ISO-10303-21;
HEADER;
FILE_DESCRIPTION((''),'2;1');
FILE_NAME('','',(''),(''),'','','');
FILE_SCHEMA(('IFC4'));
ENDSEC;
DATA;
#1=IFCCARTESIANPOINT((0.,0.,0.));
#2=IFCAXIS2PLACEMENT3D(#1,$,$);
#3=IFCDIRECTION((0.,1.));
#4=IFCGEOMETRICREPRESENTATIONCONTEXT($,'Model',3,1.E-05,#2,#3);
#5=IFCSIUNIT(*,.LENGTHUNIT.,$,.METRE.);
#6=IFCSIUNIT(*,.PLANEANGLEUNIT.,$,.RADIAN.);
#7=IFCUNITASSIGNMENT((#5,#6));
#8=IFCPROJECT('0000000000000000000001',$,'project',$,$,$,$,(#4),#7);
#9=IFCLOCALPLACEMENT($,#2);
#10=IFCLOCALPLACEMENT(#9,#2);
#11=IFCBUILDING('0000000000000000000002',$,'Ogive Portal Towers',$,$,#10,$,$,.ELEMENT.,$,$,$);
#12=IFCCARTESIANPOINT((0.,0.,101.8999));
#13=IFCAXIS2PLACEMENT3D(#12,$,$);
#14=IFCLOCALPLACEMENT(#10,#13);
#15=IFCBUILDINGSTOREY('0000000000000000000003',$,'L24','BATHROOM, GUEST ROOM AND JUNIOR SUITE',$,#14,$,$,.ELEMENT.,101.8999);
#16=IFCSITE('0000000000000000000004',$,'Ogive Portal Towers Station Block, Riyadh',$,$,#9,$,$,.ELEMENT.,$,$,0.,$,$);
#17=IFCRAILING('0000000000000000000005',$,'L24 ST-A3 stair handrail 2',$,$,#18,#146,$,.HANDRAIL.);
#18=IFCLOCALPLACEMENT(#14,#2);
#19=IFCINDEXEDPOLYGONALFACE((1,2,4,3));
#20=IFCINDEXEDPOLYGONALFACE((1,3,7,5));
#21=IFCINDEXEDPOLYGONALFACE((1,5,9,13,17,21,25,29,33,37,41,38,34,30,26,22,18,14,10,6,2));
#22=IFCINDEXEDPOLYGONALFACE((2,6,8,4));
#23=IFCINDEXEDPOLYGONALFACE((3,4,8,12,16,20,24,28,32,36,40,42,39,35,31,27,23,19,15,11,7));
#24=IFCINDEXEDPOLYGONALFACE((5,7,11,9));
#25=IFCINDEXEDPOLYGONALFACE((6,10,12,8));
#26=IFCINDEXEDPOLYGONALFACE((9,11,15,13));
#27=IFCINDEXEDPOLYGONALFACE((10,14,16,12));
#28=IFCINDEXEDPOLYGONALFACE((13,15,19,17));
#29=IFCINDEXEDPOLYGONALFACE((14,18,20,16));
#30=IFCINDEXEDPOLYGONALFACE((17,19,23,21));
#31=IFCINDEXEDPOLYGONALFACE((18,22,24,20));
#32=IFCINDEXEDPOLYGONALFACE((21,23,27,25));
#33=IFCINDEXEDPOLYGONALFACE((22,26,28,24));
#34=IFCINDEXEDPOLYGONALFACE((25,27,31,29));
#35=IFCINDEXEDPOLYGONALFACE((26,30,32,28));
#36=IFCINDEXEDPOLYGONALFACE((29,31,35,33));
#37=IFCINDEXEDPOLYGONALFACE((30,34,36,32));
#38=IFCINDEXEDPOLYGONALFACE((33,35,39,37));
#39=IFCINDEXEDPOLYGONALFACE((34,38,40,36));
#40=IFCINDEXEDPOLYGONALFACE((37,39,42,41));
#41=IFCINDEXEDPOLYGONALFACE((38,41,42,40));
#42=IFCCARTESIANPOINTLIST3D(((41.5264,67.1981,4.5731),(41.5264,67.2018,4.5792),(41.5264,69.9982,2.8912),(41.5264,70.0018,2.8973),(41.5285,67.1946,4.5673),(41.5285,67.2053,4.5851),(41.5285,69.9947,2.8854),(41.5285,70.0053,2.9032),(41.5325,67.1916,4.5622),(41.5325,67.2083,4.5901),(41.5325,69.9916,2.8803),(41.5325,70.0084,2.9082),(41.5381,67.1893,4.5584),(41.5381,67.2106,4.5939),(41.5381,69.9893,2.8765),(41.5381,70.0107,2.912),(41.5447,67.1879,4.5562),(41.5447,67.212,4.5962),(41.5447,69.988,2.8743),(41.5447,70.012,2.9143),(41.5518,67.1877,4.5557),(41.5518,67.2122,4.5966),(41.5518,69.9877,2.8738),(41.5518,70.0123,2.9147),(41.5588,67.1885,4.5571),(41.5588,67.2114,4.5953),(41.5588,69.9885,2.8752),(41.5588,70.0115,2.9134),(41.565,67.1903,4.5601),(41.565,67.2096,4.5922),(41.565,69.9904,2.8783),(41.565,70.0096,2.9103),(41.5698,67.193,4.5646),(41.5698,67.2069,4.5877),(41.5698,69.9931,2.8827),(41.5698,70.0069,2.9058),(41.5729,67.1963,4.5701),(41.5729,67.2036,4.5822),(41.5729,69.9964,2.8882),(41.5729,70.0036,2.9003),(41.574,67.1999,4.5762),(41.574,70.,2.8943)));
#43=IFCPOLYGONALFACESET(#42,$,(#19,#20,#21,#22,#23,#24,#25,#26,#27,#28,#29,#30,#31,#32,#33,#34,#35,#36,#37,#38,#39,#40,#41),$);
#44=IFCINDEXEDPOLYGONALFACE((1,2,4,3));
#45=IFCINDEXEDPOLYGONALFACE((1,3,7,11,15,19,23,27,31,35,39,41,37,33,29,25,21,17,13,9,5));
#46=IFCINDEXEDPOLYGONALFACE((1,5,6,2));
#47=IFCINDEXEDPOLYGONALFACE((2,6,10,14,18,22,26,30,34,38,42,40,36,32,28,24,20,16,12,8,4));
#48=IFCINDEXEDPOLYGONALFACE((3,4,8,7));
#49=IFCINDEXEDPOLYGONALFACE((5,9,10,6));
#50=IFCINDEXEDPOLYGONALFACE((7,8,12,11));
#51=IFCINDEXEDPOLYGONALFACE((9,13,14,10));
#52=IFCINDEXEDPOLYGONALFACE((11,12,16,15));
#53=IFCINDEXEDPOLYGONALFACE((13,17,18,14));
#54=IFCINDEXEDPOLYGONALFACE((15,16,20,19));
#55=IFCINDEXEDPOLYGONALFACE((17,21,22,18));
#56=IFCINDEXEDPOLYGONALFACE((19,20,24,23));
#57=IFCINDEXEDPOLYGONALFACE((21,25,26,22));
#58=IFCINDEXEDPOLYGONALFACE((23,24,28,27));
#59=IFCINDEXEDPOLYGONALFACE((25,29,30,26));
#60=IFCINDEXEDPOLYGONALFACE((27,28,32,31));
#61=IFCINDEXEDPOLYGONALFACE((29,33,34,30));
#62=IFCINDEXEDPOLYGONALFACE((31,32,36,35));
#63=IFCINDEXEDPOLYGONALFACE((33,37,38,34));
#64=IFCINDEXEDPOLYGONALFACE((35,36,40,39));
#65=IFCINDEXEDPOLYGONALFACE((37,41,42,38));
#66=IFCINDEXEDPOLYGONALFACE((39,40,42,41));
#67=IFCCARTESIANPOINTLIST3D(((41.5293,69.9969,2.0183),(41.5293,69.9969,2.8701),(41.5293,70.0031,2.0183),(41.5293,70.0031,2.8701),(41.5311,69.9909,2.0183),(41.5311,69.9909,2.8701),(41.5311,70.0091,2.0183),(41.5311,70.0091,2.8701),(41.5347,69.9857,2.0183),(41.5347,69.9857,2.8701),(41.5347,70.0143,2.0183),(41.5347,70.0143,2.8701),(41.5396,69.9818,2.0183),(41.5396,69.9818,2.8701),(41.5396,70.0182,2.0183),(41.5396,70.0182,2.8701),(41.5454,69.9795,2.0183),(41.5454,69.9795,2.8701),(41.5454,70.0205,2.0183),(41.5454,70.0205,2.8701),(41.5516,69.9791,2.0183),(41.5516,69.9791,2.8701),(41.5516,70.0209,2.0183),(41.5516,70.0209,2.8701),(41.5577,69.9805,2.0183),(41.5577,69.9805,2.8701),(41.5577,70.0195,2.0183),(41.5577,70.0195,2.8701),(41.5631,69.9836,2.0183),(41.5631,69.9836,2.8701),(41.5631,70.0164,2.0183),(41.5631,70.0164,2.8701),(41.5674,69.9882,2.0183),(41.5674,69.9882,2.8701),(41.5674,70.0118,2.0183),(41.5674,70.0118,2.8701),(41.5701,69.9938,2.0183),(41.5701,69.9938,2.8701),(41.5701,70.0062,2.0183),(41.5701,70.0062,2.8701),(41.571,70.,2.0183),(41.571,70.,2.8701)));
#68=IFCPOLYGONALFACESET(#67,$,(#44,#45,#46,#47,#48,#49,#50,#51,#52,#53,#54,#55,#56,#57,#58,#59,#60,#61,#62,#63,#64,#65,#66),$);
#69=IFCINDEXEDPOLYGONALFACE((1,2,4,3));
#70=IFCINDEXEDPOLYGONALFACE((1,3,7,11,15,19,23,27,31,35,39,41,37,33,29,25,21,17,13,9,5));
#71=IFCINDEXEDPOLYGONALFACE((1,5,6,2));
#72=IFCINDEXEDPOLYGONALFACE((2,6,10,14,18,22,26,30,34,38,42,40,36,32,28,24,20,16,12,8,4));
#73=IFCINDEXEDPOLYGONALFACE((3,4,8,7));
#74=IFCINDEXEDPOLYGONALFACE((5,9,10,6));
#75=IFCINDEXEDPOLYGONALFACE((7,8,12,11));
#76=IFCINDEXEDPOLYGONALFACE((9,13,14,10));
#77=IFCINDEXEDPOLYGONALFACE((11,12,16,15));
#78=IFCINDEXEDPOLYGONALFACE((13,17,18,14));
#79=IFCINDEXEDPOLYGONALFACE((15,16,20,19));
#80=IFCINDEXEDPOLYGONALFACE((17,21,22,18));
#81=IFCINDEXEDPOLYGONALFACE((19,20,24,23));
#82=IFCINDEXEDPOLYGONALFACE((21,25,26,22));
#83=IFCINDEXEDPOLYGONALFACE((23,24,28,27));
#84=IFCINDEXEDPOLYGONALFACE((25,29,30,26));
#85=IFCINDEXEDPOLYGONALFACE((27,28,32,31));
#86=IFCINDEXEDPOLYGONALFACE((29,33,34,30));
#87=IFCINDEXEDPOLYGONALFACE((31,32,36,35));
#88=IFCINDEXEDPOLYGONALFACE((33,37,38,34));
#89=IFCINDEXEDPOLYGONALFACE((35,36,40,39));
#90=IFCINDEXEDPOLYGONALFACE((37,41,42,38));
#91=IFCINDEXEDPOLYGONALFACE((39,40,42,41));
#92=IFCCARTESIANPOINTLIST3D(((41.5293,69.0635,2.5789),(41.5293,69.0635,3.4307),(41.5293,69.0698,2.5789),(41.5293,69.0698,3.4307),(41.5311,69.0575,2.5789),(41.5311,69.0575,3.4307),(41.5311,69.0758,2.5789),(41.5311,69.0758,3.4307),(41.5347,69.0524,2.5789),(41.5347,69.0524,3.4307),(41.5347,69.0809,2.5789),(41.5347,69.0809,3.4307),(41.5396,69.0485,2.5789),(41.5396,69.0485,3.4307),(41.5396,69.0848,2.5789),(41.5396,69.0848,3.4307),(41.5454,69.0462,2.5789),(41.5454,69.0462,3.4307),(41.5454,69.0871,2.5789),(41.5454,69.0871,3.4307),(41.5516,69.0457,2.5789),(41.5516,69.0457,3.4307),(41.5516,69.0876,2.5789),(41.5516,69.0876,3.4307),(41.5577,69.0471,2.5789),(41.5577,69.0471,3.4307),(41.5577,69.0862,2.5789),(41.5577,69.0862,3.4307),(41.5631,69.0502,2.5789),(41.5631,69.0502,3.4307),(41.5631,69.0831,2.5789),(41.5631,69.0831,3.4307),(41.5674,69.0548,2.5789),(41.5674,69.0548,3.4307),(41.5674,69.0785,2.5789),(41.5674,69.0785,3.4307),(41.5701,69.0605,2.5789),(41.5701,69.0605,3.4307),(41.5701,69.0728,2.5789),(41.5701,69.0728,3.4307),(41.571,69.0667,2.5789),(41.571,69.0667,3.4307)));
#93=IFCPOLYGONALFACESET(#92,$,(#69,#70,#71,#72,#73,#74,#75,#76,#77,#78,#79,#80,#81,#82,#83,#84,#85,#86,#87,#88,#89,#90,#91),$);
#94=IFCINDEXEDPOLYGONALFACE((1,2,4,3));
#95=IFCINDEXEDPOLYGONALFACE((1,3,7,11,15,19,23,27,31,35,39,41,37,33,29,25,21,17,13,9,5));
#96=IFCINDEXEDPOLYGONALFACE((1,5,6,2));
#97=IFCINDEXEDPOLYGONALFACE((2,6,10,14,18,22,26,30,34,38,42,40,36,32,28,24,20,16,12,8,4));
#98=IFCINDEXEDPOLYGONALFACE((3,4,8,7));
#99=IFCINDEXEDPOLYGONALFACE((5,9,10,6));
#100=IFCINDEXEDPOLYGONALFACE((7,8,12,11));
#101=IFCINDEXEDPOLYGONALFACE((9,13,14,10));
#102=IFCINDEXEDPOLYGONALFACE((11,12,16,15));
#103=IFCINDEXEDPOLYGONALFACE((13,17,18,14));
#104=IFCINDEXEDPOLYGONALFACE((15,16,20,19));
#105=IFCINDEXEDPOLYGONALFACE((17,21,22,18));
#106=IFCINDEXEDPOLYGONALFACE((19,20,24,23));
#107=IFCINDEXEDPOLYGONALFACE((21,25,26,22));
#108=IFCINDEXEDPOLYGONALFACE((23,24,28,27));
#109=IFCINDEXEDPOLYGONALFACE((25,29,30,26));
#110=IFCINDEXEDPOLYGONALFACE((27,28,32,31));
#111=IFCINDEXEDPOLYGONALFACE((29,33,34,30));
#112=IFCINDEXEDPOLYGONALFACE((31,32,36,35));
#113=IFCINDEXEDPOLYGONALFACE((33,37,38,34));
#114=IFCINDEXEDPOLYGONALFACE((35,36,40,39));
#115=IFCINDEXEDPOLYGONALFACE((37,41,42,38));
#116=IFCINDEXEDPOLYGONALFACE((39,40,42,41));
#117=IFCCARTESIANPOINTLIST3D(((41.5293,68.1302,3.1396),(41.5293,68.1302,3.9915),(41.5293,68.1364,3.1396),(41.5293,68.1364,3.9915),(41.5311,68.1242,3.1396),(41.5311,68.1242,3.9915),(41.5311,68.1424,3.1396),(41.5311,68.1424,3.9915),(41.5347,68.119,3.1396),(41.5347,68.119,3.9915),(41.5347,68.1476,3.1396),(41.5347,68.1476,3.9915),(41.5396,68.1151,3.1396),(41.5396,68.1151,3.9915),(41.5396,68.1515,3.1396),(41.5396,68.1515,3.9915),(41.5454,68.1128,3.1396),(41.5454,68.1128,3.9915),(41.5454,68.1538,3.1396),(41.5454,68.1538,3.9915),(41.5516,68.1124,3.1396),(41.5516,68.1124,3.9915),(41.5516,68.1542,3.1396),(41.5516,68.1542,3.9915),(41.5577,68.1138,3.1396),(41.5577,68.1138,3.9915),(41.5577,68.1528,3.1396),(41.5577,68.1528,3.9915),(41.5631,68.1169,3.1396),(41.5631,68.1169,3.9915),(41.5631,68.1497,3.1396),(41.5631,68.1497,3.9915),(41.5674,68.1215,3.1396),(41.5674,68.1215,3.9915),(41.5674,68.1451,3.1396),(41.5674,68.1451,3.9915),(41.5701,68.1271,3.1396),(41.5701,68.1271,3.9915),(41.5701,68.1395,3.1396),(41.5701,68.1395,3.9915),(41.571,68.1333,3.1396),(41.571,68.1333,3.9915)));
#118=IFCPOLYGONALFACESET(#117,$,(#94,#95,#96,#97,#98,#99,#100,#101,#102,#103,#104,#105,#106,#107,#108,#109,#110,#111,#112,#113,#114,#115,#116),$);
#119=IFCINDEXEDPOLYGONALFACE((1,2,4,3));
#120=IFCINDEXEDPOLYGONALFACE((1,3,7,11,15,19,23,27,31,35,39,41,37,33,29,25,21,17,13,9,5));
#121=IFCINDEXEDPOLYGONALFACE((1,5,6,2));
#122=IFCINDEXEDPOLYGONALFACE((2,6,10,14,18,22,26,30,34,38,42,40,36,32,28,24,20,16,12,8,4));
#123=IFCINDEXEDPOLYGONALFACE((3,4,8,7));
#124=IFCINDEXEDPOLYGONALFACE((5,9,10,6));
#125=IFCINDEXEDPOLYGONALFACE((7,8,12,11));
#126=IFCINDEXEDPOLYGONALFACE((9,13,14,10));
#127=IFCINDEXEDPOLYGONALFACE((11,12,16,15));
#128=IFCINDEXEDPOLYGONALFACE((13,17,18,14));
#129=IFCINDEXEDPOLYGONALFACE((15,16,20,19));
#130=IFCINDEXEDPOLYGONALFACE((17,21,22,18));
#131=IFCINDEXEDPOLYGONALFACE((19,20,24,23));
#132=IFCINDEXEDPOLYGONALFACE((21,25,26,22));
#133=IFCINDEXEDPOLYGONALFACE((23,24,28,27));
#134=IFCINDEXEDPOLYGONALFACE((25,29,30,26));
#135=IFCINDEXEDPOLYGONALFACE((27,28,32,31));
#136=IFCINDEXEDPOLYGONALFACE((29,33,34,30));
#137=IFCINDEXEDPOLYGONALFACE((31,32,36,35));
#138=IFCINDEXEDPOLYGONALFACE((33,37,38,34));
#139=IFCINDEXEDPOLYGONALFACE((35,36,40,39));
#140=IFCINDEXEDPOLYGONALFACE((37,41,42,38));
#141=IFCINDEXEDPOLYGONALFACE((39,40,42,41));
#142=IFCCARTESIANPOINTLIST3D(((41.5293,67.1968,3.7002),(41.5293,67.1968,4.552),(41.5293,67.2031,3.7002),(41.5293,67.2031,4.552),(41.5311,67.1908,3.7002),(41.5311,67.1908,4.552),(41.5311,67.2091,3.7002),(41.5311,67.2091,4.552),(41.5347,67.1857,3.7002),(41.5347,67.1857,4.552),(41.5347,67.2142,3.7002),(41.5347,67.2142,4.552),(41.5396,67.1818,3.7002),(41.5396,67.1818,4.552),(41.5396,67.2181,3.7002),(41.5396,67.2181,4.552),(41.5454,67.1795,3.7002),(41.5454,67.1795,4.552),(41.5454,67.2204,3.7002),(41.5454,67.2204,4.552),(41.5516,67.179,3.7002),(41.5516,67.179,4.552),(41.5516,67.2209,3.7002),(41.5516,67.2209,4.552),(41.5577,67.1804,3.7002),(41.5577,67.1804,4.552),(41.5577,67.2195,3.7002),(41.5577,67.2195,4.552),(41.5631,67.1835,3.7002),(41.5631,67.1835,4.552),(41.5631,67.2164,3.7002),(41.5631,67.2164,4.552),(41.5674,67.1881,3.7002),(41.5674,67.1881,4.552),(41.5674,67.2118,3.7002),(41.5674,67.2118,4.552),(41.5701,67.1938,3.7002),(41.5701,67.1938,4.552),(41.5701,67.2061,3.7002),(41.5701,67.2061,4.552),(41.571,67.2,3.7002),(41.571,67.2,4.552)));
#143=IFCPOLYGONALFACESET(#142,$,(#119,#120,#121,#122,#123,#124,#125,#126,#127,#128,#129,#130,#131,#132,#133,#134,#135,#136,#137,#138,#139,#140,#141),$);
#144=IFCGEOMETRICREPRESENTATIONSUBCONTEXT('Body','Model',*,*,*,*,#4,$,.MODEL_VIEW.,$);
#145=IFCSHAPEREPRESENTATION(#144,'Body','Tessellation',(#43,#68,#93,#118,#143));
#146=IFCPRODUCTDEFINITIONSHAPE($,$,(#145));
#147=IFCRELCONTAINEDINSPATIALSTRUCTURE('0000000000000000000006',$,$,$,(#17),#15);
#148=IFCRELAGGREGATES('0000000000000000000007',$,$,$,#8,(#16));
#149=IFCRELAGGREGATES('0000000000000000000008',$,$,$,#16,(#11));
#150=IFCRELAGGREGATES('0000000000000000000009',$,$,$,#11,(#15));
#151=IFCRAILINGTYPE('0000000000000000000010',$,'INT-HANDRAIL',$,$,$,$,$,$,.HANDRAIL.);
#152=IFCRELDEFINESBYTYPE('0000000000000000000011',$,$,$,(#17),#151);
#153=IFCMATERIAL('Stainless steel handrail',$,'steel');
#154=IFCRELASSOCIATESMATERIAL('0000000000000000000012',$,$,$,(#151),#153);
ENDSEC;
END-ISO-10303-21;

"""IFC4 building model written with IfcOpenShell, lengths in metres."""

from ifc_helpers import new_model, si_unit, direction, frame, origin, origin_2d, place, context, subcontext, project, spatial, circle, extrude, material, type_object, element, save


model = new_model("IFC4")

# Units and contexts
model_context = context("Model", 3, precision=1e-05, world=origin(), true_north=direction((0.0, 1.0)))
body_context = subcontext(model_context, "Body", "Model", "MODEL_VIEW")
ifc_project = project(units=[si_unit("LENGTHUNIT", "METRE"), si_unit("PLANEANGLEUNIT", "RADIAN")], contexts=[model_context])

# Site, building, storey
site_placement = place(None, origin())
site = spatial("IfcSite", under=ifc_project, at=site_placement, Name="Ogive Portal Towers Station Block, Riyadh", CompositionType="ELEMENT", RefElevation=0.0)
building_placement = place(site_placement, origin())
building = spatial("IfcBuilding", under=site, at=building_placement, Name="Ogive Portal Towers", CompositionType="ELEMENT")
storey_placement = place(building_placement, frame((0.0, 0.0, 101.8999)))
storey = spatial("IfcBuildingStorey", under=building, at=storey_placement, Name="L24", Description="BATHROOM, GUEST ROOM AND JUNIOR SUITE", CompositionType="ELEMENT", Elevation=101.8999)

# Railing
ifc_material_1 = material(Name="Stainless steel handrail", Category="steel")
railing_type_1 = type_object("IfcRailingType", Name="INT-HANDRAIL", PredefinedType="HANDRAIL", material=ifc_material_1)
railing_1_placement = place(storey_placement, frame((41.55, 70.0, 2.0183)))
element("IfcRailing", 1, at=railing_1_placement, inside=storey, type_object=railing_type_1, Name="L24 ST-A3 stair handrail 2", PredefinedType="HANDRAIL", context=body_context, shape_type="SweptSolid", body=[
    extrude(circle(Radius=0.0239, at=origin_2d()), frame((0.0, 0.0, 0.876), z_axis=(0.0, -0.857242, 0.514913), x_axis=(1.0, 0.0, 0.0)), (0.0, 0.0, 1.0), 3.2664),
    extrude(circle(Radius=0.021, at=origin_2d()), origin(), (0.0, 0.0, 1.0), 0.8518),
    extrude(circle(Radius=0.021, at=origin_2d()), frame((0.0, -0.9333, 0.5605)), (0.0, 0.0, 1.0), 0.8518),
    extrude(circle(Radius=0.021, at=origin_2d()), frame((0.0, -1.8667, 1.1213)), (0.0, 0.0, 1.0), 0.8518),
    extrude(circle(Radius=0.021, at=origin_2d()), frame((0.0, -2.8, 1.6819)), (0.0, 0.0, 1.0), 0.8518),
])

save(model, "model.ifc")
